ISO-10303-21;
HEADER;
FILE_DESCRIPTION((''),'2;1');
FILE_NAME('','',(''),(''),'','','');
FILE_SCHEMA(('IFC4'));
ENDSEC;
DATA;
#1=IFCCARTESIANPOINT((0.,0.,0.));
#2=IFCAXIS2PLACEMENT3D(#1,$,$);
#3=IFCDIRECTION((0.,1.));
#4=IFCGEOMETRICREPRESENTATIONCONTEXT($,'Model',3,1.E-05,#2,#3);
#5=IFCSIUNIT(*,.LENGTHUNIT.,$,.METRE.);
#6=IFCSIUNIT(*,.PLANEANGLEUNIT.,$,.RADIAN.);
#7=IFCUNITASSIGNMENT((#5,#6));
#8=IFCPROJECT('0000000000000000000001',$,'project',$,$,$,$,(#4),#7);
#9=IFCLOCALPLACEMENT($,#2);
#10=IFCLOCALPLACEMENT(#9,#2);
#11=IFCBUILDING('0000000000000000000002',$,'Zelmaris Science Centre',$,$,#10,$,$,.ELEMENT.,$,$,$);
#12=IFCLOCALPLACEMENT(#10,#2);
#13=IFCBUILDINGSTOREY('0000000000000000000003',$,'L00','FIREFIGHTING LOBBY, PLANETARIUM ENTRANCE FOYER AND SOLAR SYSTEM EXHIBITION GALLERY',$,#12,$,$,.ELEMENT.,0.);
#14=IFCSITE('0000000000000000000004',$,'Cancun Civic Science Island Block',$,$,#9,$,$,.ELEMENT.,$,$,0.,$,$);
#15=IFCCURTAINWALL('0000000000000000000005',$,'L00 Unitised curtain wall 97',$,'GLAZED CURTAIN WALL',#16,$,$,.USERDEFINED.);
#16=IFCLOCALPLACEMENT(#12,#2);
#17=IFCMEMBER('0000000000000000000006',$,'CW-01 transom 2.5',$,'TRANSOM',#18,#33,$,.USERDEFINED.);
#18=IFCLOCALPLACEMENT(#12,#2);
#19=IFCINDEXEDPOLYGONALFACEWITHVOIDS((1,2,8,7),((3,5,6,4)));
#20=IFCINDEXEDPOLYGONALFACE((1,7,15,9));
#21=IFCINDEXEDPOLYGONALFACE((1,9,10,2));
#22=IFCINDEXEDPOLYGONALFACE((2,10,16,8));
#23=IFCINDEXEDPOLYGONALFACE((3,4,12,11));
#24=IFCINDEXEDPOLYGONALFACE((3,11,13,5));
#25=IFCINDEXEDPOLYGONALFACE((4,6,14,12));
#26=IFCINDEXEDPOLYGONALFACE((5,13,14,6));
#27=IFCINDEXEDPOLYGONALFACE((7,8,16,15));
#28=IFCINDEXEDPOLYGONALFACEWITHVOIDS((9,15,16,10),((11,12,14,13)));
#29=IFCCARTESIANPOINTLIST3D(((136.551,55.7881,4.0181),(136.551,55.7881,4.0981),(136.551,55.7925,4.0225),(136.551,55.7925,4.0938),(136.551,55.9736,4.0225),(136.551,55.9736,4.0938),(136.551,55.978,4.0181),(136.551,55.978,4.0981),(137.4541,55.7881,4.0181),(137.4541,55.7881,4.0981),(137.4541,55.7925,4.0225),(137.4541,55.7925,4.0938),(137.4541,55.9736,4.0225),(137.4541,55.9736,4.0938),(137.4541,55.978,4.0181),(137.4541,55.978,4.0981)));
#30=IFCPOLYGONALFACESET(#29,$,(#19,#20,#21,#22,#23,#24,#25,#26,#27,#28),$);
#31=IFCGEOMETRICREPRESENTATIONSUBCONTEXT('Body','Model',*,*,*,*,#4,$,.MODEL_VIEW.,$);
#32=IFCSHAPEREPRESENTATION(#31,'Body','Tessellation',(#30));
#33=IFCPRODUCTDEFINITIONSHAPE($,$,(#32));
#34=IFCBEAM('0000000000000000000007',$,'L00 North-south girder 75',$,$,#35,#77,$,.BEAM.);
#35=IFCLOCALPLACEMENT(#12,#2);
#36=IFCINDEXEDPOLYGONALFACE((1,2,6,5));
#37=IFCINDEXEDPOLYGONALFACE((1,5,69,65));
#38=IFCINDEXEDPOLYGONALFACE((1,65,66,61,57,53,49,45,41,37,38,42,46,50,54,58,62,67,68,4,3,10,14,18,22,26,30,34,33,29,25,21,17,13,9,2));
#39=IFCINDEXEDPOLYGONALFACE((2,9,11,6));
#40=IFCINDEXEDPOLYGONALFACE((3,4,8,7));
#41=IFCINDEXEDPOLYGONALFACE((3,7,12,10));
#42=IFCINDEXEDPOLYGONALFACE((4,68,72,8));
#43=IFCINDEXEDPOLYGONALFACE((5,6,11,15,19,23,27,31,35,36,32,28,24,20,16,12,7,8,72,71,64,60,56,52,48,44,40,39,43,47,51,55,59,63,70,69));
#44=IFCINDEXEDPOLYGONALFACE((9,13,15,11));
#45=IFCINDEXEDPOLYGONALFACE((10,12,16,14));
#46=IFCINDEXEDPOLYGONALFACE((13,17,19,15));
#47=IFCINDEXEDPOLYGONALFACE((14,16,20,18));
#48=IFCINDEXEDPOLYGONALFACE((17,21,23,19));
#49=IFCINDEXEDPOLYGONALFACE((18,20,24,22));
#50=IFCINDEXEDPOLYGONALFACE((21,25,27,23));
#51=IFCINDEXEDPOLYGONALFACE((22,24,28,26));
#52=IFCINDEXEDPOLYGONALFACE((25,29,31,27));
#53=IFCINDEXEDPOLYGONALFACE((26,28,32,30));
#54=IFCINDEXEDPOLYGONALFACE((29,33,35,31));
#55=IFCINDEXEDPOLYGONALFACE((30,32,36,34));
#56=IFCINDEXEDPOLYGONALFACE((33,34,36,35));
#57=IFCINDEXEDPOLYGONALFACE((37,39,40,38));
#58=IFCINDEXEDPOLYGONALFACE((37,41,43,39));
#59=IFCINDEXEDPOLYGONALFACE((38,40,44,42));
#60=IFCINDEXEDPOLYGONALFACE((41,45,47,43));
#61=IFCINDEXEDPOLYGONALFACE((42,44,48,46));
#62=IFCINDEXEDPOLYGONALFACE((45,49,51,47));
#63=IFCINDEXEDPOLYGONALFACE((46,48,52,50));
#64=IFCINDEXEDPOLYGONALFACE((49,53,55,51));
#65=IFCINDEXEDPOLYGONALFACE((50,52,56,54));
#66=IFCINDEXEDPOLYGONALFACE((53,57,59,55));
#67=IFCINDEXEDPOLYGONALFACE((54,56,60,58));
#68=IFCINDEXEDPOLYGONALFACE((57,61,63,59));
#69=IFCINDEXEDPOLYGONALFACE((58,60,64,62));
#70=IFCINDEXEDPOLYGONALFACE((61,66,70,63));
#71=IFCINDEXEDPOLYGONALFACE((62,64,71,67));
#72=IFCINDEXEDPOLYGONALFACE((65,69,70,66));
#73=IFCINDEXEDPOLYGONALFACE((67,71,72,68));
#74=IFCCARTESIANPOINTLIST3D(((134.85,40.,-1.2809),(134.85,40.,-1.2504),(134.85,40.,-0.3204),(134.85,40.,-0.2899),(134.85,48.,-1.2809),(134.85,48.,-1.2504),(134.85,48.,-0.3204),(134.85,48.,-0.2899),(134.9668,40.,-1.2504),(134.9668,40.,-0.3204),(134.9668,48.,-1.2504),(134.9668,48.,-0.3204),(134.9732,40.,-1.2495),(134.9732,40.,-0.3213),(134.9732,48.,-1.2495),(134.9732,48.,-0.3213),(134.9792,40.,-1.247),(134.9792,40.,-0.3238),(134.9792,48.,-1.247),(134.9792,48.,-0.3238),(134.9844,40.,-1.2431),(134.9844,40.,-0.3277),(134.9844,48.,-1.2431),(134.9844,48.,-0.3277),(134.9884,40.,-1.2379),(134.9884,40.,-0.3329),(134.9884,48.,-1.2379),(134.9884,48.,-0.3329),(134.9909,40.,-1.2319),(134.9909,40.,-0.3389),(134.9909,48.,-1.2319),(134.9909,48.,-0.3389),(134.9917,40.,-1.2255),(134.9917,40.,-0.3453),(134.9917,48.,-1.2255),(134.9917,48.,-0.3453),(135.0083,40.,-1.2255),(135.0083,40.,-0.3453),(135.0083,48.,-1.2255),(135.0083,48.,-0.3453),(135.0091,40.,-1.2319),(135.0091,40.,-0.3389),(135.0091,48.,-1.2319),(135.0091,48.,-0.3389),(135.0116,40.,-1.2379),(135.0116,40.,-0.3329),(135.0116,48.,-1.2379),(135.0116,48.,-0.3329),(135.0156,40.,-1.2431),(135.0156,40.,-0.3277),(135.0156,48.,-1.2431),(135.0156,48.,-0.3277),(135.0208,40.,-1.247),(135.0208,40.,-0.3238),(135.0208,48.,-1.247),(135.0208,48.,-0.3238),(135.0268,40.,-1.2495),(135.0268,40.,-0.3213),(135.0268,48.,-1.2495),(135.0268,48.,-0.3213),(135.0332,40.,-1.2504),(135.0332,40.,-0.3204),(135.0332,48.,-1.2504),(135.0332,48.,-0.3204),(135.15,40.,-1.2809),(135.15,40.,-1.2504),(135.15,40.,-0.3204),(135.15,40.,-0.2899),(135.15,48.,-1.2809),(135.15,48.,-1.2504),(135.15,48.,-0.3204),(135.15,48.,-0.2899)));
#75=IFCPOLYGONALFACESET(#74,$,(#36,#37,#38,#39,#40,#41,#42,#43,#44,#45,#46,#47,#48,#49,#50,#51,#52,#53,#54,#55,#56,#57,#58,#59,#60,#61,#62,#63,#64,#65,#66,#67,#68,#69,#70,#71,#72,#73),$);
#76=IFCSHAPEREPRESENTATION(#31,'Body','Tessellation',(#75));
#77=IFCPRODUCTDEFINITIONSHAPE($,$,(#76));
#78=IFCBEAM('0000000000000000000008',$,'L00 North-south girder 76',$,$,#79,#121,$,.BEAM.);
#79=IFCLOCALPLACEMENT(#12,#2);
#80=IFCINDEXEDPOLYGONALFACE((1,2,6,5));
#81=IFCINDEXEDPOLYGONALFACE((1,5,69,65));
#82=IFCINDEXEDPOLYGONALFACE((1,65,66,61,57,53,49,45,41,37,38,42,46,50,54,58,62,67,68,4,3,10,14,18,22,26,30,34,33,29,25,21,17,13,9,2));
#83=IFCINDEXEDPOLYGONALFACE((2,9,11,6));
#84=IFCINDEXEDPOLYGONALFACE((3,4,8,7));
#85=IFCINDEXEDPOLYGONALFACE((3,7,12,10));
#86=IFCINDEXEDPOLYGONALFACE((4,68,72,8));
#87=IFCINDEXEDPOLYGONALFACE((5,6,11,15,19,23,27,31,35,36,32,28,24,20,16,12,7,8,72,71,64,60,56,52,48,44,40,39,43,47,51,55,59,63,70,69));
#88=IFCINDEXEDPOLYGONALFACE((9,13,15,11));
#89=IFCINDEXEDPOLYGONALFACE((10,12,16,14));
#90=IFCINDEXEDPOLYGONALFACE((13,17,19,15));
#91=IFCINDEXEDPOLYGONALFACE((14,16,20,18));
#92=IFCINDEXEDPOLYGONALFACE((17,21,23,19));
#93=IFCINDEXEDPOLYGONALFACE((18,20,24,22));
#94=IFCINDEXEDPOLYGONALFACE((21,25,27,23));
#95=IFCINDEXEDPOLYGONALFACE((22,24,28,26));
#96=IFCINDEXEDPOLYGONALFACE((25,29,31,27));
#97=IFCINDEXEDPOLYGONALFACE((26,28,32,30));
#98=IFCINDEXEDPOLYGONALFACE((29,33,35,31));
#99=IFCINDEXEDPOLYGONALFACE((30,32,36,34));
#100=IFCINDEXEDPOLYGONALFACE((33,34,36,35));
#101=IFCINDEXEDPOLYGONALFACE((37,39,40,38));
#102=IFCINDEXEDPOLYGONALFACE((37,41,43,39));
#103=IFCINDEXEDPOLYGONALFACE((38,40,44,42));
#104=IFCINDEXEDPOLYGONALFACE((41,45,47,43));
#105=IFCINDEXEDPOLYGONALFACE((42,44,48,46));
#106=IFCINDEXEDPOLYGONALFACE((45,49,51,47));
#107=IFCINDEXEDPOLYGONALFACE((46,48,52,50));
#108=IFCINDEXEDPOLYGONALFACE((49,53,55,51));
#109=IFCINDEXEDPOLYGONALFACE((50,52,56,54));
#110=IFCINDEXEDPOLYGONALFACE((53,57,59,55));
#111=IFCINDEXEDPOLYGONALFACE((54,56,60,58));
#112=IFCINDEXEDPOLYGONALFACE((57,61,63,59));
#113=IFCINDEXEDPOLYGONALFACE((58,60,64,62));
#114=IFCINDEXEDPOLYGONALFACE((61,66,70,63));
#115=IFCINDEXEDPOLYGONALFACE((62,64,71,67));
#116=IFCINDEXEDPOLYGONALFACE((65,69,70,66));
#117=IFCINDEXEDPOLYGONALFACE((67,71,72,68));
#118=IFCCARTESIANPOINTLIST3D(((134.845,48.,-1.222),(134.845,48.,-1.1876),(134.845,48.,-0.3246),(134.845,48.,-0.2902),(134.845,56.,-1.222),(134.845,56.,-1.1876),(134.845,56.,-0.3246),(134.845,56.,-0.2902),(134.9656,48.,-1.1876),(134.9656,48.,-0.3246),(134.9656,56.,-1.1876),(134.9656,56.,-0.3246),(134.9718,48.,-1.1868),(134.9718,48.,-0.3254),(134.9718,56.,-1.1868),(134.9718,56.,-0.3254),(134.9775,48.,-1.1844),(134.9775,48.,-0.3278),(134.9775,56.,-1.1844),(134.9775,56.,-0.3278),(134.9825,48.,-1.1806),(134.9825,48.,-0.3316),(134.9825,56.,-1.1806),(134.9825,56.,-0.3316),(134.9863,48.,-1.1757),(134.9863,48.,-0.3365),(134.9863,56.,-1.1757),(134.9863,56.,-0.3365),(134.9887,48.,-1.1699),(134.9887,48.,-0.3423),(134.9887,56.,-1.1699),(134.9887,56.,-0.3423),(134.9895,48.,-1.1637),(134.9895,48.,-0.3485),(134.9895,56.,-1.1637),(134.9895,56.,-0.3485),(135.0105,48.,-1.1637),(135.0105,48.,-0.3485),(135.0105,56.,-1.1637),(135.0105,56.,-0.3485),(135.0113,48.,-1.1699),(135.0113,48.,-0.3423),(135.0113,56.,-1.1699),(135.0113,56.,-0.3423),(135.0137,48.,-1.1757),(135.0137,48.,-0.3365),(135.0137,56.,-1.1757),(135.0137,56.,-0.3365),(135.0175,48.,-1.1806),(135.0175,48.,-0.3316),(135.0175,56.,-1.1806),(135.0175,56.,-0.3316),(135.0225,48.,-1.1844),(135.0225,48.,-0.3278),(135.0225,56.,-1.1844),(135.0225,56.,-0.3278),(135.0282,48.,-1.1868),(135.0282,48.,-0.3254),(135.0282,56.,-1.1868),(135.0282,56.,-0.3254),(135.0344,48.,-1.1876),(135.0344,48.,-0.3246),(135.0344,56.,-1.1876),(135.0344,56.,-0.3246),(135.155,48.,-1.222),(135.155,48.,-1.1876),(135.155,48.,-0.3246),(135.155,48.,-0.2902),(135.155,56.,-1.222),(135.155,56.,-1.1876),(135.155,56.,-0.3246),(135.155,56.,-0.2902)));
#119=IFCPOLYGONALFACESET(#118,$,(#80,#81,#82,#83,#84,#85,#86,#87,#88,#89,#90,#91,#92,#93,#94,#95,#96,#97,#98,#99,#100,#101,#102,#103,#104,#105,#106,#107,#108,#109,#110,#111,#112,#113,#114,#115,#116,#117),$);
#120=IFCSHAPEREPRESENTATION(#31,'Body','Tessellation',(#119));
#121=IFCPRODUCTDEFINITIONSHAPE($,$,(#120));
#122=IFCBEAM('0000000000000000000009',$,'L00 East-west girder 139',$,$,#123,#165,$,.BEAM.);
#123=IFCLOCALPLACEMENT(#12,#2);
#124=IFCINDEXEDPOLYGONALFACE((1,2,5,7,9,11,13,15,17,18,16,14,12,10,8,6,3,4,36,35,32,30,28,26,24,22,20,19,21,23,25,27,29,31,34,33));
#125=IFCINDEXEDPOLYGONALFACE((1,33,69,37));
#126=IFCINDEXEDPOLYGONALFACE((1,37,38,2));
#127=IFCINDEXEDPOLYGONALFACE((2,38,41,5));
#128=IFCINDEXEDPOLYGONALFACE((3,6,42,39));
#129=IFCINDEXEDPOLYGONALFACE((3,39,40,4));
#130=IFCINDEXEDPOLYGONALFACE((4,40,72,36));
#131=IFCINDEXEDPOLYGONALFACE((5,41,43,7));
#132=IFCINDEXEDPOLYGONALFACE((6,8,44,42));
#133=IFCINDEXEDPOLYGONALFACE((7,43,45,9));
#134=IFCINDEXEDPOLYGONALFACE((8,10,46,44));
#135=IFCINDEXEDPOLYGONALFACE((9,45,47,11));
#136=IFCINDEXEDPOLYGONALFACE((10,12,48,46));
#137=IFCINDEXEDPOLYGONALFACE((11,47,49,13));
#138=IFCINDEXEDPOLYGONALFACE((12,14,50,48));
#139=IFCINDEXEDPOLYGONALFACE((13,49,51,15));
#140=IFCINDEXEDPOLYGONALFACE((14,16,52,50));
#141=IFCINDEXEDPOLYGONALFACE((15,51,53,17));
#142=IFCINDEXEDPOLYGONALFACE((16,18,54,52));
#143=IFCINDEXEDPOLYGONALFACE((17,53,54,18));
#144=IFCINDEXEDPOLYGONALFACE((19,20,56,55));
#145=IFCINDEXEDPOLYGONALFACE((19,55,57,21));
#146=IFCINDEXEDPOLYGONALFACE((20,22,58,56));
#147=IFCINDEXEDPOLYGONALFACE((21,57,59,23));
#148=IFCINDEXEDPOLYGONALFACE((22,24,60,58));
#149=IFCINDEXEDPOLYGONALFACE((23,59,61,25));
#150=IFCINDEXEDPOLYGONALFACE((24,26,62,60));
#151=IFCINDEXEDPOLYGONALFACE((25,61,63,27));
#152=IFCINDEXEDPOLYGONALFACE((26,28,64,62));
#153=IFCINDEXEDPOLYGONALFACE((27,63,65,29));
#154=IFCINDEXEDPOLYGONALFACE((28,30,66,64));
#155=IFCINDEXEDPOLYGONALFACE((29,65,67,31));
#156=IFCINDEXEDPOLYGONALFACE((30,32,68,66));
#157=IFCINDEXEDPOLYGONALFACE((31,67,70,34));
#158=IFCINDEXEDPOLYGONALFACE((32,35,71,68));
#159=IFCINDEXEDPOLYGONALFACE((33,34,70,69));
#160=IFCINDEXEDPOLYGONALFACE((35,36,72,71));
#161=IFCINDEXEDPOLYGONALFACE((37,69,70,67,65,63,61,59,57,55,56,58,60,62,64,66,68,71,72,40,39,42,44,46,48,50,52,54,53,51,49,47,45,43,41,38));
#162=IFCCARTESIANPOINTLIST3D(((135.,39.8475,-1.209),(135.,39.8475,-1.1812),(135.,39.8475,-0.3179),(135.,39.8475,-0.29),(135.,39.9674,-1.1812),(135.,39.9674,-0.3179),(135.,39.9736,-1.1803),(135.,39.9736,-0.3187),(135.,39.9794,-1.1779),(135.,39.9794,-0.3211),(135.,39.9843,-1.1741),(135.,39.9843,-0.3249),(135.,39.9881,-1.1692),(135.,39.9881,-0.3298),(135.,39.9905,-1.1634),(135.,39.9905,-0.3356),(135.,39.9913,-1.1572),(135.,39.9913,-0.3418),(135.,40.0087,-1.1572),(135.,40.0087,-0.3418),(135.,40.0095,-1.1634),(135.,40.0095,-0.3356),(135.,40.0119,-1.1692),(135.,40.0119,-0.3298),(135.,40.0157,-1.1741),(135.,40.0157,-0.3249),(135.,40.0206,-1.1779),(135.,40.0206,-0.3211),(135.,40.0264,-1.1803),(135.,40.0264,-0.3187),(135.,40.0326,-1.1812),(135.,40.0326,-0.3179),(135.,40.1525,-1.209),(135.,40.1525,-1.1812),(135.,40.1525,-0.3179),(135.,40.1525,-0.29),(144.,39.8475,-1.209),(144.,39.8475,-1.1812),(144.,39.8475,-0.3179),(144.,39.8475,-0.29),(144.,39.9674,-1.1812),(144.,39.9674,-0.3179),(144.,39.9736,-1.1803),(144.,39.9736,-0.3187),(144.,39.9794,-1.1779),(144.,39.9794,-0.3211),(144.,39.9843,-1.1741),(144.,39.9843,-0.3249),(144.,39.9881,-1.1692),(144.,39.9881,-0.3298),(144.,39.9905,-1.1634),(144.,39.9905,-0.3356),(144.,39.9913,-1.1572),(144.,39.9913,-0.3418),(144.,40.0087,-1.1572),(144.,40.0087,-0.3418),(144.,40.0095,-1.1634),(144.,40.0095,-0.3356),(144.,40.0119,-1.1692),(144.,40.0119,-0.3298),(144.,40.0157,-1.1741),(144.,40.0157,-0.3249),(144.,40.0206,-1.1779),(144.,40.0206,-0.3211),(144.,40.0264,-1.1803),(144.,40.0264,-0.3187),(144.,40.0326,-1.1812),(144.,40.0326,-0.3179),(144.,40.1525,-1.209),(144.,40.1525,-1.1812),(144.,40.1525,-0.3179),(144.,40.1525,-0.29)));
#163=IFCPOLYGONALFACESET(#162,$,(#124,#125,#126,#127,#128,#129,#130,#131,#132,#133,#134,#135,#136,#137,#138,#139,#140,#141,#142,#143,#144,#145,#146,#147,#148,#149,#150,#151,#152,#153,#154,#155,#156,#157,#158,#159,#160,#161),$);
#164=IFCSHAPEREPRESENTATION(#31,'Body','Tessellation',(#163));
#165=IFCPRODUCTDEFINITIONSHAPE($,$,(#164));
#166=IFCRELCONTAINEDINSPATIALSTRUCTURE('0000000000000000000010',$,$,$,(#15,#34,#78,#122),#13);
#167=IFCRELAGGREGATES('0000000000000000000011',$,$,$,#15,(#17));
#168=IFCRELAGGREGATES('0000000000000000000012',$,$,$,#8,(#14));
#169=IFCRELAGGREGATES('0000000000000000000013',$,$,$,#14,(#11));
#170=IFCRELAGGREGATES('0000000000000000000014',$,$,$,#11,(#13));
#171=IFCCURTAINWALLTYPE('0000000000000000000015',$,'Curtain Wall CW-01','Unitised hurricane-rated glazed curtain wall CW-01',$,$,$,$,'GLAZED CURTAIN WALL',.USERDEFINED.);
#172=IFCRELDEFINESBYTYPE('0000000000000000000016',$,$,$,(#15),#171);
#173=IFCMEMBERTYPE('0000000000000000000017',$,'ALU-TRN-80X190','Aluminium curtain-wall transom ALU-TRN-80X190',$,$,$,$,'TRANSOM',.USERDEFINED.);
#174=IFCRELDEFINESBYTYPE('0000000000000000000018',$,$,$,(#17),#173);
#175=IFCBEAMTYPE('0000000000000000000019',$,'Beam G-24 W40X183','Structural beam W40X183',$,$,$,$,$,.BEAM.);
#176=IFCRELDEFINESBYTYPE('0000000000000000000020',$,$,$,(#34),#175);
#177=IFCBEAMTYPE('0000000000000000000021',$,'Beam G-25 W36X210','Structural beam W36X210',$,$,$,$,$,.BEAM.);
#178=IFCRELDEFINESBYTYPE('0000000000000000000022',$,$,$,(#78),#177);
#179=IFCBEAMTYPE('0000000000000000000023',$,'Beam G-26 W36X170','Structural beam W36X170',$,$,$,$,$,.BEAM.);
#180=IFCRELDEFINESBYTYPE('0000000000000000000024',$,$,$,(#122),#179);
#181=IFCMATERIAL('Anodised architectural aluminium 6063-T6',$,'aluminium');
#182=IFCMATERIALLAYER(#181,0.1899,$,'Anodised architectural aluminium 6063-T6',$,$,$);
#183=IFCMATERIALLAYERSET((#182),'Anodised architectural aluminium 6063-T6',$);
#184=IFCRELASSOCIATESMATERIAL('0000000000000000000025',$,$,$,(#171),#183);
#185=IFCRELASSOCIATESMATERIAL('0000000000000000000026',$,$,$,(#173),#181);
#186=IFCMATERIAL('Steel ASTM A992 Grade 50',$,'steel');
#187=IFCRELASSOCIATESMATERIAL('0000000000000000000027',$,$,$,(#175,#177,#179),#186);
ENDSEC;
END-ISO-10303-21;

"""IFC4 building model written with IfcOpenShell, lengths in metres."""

from ifc_helpers import new_model, si_unit, direction, frame, origin, origin_2d, place, context, subcontext, project, spatial, hollow_rectangle, i_section, extrude, material, layer, layer_set, material_profile, profile_set, type_object, element, aggregate, save


model = new_model("IFC4")

# Units and contexts
model_context = context("Model", 3, precision=1e-05, world=origin(), true_north=direction((0.0, 1.0)))
body_context = subcontext(model_context, "Body", "Model", "MODEL_VIEW")
ifc_project = project(units=[si_unit("LENGTHUNIT", "METRE"), si_unit("PLANEANGLEUNIT", "RADIAN")], contexts=[model_context])

# Site, building, storey
site_placement = place(None, origin())
site = spatial("IfcSite", under=ifc_project, at=site_placement, Name="Cancun Civic Science Island Block", CompositionType="ELEMENT", RefElevation=0.0)
building_placement = place(site_placement, origin())
building = spatial("IfcBuilding", under=site, at=building_placement, Name="Zelmaris Science Centre", CompositionType="ELEMENT")
storey_placement = place(building_placement, origin())
storey = spatial("IfcBuildingStorey", under=building, at=storey_placement, Name="L00", Description="FIREFIGHTING LOBBY, PLANETARIUM ENTRANCE FOYER AND SOLAR SYSTEM EXHIBITION GALLERY", CompositionType="ELEMENT", Elevation=0.0)

# Shared definitions
ifc_material_1 = material(Name="Steel ASTM A992 Grade 50", Category="steel")

# Curtain wall, member
ifc_material_2 = material(Name="Anodised architectural aluminium 6063-T6", Category="aluminium")
ifc_layer_1 = layer(ifc_material_2, 0.1899, Name="Anodised architectural aluminium 6063-T6")
ifc_layer_set_1 = layer_set([ifc_layer_1], Name="Anodised architectural aluminium 6063-T6")
curtain_wall_type = type_object("IfcCurtainWallType", Name="Curtain Wall CW-01", Description="Unitised hurricane-rated glazed curtain wall CW-01", ElementType="GLAZED CURTAIN WALL", PredefinedType="USERDEFINED", material=ifc_layer_set_1)
curtain_wall_placement = place(storey_placement, origin())
curtain_wall = element("IfcCurtainWall", 1, at=curtain_wall_placement, inside=storey, type_object=curtain_wall_type, Name="L00 Unitised curtain wall 97", ObjectType="GLAZED CURTAIN WALL", PredefinedType="USERDEFINED")
ifc_material_profile_1 = material_profile(ifc_material_2, hollow_rectangle(XDim=0.0801, YDim=0.1899, WallThickness=0.0044, at=origin_2d()), Name="ALU-TRN-80X190")
ifc_profile_set_1 = profile_set([ifc_material_profile_1], Name="Anodised architectural aluminium 6063-T6")
member_type_1 = type_object("IfcMemberType", Name="ALU-TRN-80X190", Description="Aluminium curtain-wall transom ALU-TRN-80X190", ElementType="TRANSOM", PredefinedType="USERDEFINED", material=ifc_profile_set_1)
member_1_placement = place(storey_placement, frame((136.551, 55.8831, 4.0581), z_axis=(1.0, 0.0, 0.0), x_axis=(0.0, 0.0, 1.0)))
member_1 = element("IfcMember", 2, at=member_1_placement, type_object=member_type_1, Name="CW-01 transom 2.5", ObjectType="TRANSOM", PredefinedType="USERDEFINED", context=body_context, shape_type="SweptSolid", body=[
    extrude(hollow_rectangle(XDim=0.0801, YDim=0.1899, WallThickness=0.0044, at=origin_2d()), origin(), (0.0, 0.0, 1.0), 0.9031),
])

# Beams
ifc_material_profile_2 = material_profile(ifc_material_1, i_section(OverallWidth=0.3, OverallDepth=0.991, WebThickness=0.0166, FlangeThickness=0.0305, FilletRadius=0.0249, at=origin_2d()), Name="W40X183")
ifc_profile_set_2 = profile_set([ifc_material_profile_2], Name="Steel ASTM A992 Grade 50")
beam_type_1 = type_object("IfcBeamType", Name="Beam G-24 W40X183", Description="Structural beam W40X183", PredefinedType="BEAM", material=ifc_profile_set_2)
beam_1_placement = place(storey_placement, frame((135.0, 40.0, -0.7854), z_axis=(0.0, 1.0, 0.0), x_axis=(-1.0, 0.0, 0.0)))
element("IfcBeam", 3, at=beam_1_placement, inside=storey, type_object=beam_type_1, Name="L00 North-south girder 75", PredefinedType="BEAM", context=body_context, shape_type="SweptSolid", body=[
    extrude(i_section(OverallWidth=0.3, OverallDepth=0.991, WebThickness=0.0166, FlangeThickness=0.0305, FilletRadius=0.0249, at=origin_2d()), origin(), (0.0, 0.0, 1.0), 8.0),
])
ifc_material_profile_3 = material_profile(ifc_material_1, i_section(OverallWidth=0.3101, OverallDepth=0.9319, WebThickness=0.021, FlangeThickness=0.0344, FilletRadius=0.0239, at=origin_2d()), Name="W36X210")
ifc_profile_set_3 = profile_set([ifc_material_profile_3], Name="Steel ASTM A992 Grade 50")
beam_type_2 = type_object("IfcBeamType", Name="Beam G-25 W36X210", Description="Structural beam W36X210", PredefinedType="BEAM", material=ifc_profile_set_3)
beam_2_placement = place(storey_placement, frame((135.0, 48.0, -0.7561), z_axis=(0.0, 1.0, 0.0), x_axis=(-1.0, 0.0, 0.0)))
element("IfcBeam", 4, at=beam_2_placement, inside=storey, type_object=beam_type_2, Name="L00 North-south girder 76", PredefinedType="BEAM", context=body_context, shape_type="SweptSolid", body=[
    extrude(i_section(OverallWidth=0.3101, OverallDepth=0.9319, WebThickness=0.021, FlangeThickness=0.0344, FilletRadius=0.0239, at=origin_2d()), origin(), (0.0, 0.0, 1.0), 8.0),
])
ifc_material_profile_4 = material_profile(ifc_material_1, i_section(OverallWidth=0.3049, OverallDepth=0.9189, WebThickness=0.0173, FlangeThickness=0.0278, FilletRadius=0.0239, at=origin_2d()), Name="W36X170")
ifc_profile_set_4 = profile_set([ifc_material_profile_4], Name="Steel ASTM A992 Grade 50")
beam_type_3 = type_object("IfcBeamType", Name="Beam G-26 W36X170", Description="Structural beam W36X170", PredefinedType="BEAM", material=ifc_profile_set_4)
beam_3_placement = place(storey_placement, frame((135.0, 40.0, -0.7495), z_axis=(1.0, 0.0, 0.0), x_axis=(0.0, 1.0, 0.0)))
element("IfcBeam", 5, at=beam_3_placement, inside=storey, type_object=beam_type_3, Name="L00 East-west girder 139", PredefinedType="BEAM", context=body_context, shape_type="SweptSolid", body=[
    extrude(i_section(OverallWidth=0.3049, OverallDepth=0.9189, WebThickness=0.0173, FlangeThickness=0.0278, FilletRadius=0.0239, at=origin_2d()), origin(), (0.0, 0.0, 1.0), 9.0),
])

aggregate(curtain_wall, [member_1])

save(model, "model.ifc")
